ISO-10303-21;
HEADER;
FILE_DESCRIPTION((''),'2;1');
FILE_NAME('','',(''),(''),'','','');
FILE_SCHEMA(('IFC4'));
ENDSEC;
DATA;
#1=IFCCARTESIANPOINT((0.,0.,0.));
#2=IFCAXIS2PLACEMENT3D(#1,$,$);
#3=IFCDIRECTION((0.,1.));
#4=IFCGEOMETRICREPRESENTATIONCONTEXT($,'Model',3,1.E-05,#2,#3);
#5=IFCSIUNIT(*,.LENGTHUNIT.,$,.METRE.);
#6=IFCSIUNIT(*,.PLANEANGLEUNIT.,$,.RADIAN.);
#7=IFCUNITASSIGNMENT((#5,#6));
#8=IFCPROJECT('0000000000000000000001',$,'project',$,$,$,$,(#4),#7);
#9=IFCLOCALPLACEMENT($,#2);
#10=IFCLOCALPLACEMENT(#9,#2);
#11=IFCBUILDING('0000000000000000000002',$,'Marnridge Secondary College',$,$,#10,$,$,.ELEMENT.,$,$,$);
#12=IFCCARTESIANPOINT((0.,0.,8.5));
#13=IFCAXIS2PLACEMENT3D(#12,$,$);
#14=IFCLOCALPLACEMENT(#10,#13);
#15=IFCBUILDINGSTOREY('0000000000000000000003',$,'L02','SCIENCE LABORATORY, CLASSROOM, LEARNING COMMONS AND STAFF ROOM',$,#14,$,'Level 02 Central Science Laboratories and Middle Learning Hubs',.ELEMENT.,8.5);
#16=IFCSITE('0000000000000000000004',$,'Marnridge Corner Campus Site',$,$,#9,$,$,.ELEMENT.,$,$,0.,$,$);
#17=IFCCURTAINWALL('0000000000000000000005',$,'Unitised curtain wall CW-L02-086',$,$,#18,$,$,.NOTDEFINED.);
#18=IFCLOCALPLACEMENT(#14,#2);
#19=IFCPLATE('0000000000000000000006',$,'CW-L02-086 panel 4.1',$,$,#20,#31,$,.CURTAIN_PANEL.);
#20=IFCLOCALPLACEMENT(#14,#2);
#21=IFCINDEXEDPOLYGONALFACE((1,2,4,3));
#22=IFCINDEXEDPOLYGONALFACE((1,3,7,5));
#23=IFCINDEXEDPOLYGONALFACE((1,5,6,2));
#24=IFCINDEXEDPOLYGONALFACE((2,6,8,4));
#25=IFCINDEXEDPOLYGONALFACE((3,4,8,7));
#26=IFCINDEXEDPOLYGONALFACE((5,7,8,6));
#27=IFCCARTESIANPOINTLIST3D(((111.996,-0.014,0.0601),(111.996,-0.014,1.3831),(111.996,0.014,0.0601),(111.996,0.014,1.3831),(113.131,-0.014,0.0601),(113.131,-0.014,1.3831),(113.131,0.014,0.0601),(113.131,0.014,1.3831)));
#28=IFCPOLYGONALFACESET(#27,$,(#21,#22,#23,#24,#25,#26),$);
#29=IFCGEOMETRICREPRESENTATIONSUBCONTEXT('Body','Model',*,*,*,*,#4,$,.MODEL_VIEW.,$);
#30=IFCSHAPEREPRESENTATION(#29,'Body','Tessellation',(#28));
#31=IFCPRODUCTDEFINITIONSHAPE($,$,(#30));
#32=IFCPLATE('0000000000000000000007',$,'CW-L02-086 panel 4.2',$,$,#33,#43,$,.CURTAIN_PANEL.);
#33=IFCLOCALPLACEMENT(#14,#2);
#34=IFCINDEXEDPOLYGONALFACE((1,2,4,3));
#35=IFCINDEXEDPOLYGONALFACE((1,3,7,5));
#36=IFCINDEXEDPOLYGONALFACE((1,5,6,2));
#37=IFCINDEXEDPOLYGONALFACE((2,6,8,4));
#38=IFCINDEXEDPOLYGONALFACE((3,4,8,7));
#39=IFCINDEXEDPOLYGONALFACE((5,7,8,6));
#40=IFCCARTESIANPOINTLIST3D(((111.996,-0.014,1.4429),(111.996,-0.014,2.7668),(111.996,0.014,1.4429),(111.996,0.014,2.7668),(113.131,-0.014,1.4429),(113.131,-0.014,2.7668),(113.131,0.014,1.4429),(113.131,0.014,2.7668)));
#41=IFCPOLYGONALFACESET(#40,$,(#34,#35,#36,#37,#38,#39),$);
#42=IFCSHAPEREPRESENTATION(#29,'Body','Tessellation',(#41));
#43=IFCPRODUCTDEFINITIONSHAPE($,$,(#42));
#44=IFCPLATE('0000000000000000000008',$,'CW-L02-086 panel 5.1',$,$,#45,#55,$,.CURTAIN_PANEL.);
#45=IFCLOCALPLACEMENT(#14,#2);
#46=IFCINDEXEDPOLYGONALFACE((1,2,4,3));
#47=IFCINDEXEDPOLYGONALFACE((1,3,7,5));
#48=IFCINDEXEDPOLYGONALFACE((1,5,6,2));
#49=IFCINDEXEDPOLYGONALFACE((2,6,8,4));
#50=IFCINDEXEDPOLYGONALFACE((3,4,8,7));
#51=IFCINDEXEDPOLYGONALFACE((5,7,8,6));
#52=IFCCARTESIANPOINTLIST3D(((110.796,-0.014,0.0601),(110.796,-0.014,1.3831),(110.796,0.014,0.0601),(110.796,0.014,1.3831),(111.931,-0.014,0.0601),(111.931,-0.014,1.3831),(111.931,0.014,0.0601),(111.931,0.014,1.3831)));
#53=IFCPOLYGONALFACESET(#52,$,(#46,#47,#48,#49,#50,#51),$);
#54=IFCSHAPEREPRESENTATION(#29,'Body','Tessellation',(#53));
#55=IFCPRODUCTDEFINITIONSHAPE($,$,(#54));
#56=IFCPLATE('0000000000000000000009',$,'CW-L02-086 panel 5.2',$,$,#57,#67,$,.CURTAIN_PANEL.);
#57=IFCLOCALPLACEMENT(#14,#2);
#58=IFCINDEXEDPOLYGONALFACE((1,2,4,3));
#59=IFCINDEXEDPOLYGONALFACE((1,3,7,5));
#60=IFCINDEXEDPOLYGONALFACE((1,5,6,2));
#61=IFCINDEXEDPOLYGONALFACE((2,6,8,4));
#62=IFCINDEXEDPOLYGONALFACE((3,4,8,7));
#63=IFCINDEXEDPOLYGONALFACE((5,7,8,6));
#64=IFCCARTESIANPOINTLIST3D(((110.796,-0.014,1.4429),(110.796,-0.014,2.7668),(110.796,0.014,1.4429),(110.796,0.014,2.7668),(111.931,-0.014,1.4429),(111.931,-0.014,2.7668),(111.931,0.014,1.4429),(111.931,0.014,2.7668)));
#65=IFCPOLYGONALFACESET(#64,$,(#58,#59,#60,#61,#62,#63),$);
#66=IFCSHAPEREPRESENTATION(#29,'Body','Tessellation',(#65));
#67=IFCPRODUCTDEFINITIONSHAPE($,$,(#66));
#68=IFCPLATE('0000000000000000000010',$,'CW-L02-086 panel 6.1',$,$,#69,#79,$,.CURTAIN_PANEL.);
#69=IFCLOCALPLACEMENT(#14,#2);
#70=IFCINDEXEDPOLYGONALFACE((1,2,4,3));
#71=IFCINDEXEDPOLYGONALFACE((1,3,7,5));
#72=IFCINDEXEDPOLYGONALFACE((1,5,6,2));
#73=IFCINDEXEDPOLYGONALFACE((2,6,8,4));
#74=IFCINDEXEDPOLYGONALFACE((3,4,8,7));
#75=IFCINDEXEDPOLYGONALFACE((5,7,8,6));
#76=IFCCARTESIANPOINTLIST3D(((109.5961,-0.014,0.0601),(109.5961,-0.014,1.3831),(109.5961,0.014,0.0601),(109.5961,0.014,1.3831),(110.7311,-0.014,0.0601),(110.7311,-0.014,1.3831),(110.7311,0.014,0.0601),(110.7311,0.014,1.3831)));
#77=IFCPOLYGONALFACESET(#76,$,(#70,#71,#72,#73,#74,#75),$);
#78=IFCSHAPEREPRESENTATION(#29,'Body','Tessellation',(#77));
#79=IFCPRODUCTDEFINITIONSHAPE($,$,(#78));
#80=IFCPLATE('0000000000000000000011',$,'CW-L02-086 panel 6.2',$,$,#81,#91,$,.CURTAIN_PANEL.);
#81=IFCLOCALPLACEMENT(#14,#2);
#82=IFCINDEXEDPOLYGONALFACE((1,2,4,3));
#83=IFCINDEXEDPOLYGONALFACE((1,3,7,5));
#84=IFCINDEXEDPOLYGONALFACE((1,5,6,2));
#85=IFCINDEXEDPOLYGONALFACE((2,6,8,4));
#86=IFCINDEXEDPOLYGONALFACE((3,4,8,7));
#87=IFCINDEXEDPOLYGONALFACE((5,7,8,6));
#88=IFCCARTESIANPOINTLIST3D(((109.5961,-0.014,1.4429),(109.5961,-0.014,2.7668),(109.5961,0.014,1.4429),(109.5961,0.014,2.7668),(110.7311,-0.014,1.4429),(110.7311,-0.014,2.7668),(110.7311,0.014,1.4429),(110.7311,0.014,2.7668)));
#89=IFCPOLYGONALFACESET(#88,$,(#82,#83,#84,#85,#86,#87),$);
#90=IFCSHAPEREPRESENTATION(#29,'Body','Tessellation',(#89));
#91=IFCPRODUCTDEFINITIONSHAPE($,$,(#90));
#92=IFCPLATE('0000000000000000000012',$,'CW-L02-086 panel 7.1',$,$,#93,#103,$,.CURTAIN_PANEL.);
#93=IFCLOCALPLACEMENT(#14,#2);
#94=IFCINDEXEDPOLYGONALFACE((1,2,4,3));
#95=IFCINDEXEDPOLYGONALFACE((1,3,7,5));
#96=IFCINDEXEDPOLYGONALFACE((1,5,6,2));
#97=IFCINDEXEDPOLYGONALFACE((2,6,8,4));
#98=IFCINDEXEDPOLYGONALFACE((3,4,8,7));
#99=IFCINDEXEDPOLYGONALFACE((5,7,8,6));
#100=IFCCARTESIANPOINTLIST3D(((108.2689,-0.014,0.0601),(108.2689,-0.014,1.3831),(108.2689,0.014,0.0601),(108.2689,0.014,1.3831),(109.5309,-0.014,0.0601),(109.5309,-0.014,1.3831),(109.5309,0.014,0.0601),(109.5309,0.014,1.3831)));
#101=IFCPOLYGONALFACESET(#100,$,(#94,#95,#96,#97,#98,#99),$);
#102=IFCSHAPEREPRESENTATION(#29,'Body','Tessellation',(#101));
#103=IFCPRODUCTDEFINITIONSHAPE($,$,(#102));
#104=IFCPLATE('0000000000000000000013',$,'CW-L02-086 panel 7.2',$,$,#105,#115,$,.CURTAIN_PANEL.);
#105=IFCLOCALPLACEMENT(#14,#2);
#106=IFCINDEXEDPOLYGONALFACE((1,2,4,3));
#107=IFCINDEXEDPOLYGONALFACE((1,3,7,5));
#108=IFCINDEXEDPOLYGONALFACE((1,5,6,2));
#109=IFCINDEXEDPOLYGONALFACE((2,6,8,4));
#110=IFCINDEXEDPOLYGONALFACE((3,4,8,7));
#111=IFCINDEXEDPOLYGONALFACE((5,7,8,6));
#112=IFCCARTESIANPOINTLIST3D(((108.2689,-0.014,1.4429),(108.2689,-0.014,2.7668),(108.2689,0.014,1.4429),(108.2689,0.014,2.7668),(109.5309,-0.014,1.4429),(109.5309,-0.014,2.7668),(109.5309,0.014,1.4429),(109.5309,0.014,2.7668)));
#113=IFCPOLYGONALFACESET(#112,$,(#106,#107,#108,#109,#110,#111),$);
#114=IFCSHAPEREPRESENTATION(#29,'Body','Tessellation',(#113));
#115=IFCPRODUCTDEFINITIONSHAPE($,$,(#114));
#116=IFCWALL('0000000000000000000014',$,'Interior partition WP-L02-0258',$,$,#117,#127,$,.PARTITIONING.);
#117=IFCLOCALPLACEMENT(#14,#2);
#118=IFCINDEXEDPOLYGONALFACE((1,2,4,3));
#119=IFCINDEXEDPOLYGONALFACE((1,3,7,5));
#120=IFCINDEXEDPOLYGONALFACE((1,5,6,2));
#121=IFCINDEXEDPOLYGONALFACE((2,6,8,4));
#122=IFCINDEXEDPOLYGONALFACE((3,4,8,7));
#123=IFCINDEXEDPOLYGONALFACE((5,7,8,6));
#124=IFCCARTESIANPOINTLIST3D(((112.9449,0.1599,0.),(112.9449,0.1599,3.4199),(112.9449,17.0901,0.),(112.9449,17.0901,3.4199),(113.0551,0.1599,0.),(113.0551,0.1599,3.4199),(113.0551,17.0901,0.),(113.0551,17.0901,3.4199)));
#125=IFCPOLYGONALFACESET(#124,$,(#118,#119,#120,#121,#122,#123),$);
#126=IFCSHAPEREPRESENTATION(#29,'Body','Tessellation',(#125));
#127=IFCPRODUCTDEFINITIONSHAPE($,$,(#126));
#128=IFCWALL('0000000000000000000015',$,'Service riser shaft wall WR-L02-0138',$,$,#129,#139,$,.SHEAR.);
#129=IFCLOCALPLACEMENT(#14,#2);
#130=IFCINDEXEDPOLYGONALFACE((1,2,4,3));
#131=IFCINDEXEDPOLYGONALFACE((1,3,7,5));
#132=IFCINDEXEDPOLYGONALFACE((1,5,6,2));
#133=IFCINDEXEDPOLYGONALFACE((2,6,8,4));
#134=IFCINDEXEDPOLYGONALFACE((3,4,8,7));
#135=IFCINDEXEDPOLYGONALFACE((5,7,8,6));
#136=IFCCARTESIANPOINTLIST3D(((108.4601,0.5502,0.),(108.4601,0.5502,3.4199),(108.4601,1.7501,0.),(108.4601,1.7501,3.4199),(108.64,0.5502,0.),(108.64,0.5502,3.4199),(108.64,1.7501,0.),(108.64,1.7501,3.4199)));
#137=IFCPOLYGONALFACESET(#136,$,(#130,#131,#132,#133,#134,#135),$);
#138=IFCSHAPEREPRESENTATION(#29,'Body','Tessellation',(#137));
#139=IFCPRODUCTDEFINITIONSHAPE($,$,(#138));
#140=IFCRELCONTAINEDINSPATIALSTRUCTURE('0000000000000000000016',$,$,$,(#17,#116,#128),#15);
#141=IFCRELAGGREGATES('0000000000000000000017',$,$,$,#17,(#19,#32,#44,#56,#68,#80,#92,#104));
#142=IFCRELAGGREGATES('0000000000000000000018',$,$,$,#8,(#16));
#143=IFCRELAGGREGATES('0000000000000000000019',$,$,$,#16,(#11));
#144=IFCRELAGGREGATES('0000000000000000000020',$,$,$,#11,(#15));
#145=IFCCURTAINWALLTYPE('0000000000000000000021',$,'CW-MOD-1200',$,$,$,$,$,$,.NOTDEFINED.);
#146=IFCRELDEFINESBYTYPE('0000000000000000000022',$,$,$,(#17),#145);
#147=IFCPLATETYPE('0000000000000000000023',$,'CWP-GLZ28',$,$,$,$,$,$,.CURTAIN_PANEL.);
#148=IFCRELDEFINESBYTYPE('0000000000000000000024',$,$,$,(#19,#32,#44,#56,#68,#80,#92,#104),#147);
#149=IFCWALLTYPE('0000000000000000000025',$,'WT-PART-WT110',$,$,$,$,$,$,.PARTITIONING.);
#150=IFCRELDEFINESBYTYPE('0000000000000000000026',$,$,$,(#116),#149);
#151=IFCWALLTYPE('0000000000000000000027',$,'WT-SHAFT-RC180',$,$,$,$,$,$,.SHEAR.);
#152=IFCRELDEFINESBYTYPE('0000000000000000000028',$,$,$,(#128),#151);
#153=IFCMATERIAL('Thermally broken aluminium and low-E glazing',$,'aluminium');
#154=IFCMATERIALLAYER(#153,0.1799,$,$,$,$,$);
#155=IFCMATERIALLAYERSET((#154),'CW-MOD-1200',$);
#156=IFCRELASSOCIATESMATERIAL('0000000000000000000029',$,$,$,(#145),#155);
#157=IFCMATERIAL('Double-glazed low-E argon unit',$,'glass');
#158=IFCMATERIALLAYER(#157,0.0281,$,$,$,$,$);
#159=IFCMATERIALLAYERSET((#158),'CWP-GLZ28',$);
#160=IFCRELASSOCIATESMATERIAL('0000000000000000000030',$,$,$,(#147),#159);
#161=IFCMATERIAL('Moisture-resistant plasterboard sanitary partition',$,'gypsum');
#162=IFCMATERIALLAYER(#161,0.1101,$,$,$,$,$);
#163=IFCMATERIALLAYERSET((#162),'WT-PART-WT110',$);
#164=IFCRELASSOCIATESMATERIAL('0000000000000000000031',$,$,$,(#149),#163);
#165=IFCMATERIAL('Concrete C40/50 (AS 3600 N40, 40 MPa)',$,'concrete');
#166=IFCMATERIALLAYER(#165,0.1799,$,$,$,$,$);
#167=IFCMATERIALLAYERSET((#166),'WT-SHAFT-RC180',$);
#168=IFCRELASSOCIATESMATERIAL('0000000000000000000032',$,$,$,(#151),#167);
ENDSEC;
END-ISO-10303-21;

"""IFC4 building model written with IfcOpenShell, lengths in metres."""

from ifc_helpers import new_model, si_unit, direction, frame, frame_2d, origin, origin_2d, place, context, subcontext, project, spatial, rectangle, extrude, material, layer, layer_set, type_object, element, aggregate, save


model = new_model("IFC4")

# Units and contexts
model_context = context("Model", 3, precision=1e-05, world=origin(), true_north=direction((0.0, 1.0)))
body_context = subcontext(model_context, "Body", "Model", "MODEL_VIEW")
ifc_project = project(units=[si_unit("LENGTHUNIT", "METRE"), si_unit("PLANEANGLEUNIT", "RADIAN")], contexts=[model_context])

# Site, building, storey
site_placement = place(None, origin())
site = spatial("IfcSite", under=ifc_project, at=site_placement, Name="Marnridge Corner Campus Site", CompositionType="ELEMENT", RefElevation=0.0)
building_placement = place(site_placement, origin())
building = spatial("IfcBuilding", under=site, at=building_placement, Name="Marnridge Secondary College", CompositionType="ELEMENT")
storey_placement = place(building_placement, frame((0.0, 0.0, 8.5)))
storey = spatial("IfcBuildingStorey", under=building, at=storey_placement, Name="L02", Description="SCIENCE LABORATORY, CLASSROOM, LEARNING COMMONS AND STAFF ROOM", LongName="Level 02 Central Science Laboratories and Middle Learning Hubs", CompositionType="ELEMENT", Elevation=8.5)

# Curtain wall, plates
ifc_material_1 = material(Name="Thermally broken aluminium and low-E glazing", Category="aluminium")
ifc_layer_1 = layer(ifc_material_1, 0.1799)
ifc_layer_set_1 = layer_set([ifc_layer_1], Name="CW-MOD-1200")
curtain_wall_type = type_object("IfcCurtainWallType", Name="CW-MOD-1200", PredefinedType="NOTDEFINED", material=ifc_layer_set_1)
curtain_wall_placement = place(storey_placement, origin())
curtain_wall = element("IfcCurtainWall", 1, at=curtain_wall_placement, inside=storey, type_object=curtain_wall_type, Name="Unitised curtain wall CW-L02-086", PredefinedType="NOTDEFINED")
ifc_material_2 = material(Name="Double-glazed low-E argon unit", Category="glass")
ifc_layer_2 = layer(ifc_material_2, 0.0281)
ifc_layer_set_2 = layer_set([ifc_layer_2], Name="CWP-GLZ28")
plate_type = type_object("IfcPlateType", Name="CWP-GLZ28", PredefinedType="CURTAIN_PANEL", material=ifc_layer_set_2)
plate_1_placement = place(storey_placement, frame((112.5635, 0.0, 0.0601), z_axis=(0.0, 0.0, 1.0), x_axis=(-1.0, 0.0, 0.0)))
plate_1 = element("IfcPlate", 2, at=plate_1_placement, type_object=plate_type, Name="CW-L02-086 panel 4.1", PredefinedType="CURTAIN_PANEL", context=body_context, shape_type="SweptSolid", body=[
    extrude(rectangle(XDim=1.135, YDim=0.0281, at=origin_2d()), origin(), (0.0, 0.0, 1.0), 1.323),
])
plate_2_placement = place(storey_placement, frame((112.5635, 0.0, 1.4429), z_axis=(0.0, 0.0, 1.0), x_axis=(-1.0, 0.0, 0.0)))
plate_2 = element("IfcPlate", 3, at=plate_2_placement, type_object=plate_type, Name="CW-L02-086 panel 4.2", PredefinedType="CURTAIN_PANEL", context=body_context, shape_type="SweptSolid", body=[
    extrude(rectangle(XDim=1.135, YDim=0.0281, at=origin_2d()), origin(), (0.0, 0.0, 1.0), 1.324),
])
plate_3_placement = place(storey_placement, frame((111.3635, 0.0, 0.0601), z_axis=(0.0, 0.0, 1.0), x_axis=(-1.0, 0.0, 0.0)))
plate_3 = element("IfcPlate", 4, at=plate_3_placement, type_object=plate_type, Name="CW-L02-086 panel 5.1", PredefinedType="CURTAIN_PANEL", context=body_context, shape_type="SweptSolid", body=[
    extrude(rectangle(XDim=1.135, YDim=0.0281, at=origin_2d()), origin(), (0.0, 0.0, 1.0), 1.323),
])
plate_4_placement = place(storey_placement, frame((111.3635, 0.0, 1.4429), z_axis=(0.0, 0.0, 1.0), x_axis=(-1.0, 0.0, 0.0)))
plate_4 = element("IfcPlate", 5, at=plate_4_placement, type_object=plate_type, Name="CW-L02-086 panel 5.2", PredefinedType="CURTAIN_PANEL", context=body_context, shape_type="SweptSolid", body=[
    extrude(rectangle(XDim=1.135, YDim=0.0281, at=origin_2d()), origin(), (0.0, 0.0, 1.0), 1.324),
])
plate_5_placement = place(storey_placement, frame((110.1636, 0.0, 0.0601), z_axis=(0.0, 0.0, 1.0), x_axis=(-1.0, 0.0, 0.0)))
plate_5 = element("IfcPlate", 6, at=plate_5_placement, type_object=plate_type, Name="CW-L02-086 panel 6.1", PredefinedType="CURTAIN_PANEL", context=body_context, shape_type="SweptSolid", body=[
    extrude(rectangle(XDim=1.135, YDim=0.0281, at=origin_2d()), origin(), (0.0, 0.0, 1.0), 1.323),
])
plate_6_placement = place(storey_placement, frame((110.1636, 0.0, 1.4429), z_axis=(0.0, 0.0, 1.0), x_axis=(-1.0, 0.0, 0.0)))
plate_6 = element("IfcPlate", 7, at=plate_6_placement, type_object=plate_type, Name="CW-L02-086 panel 6.2", PredefinedType="CURTAIN_PANEL", context=body_context, shape_type="SweptSolid", body=[
    extrude(rectangle(XDim=1.135, YDim=0.0281, at=origin_2d()), origin(), (0.0, 0.0, 1.0), 1.324),
])
plate_7_placement = place(storey_placement, frame((108.8999, 0.0, 0.0601), z_axis=(0.0, 0.0, 1.0), x_axis=(-1.0, 0.0, 0.0)))
plate_7 = element("IfcPlate", 8, at=plate_7_placement, type_object=plate_type, Name="CW-L02-086 panel 7.1", PredefinedType="CURTAIN_PANEL", context=body_context, shape_type="SweptSolid", body=[
    extrude(rectangle(XDim=1.262, YDim=0.0281, at=origin_2d()), origin(), (0.0, 0.0, 1.0), 1.323),
])
plate_8_placement = place(storey_placement, frame((108.8999, 0.0, 1.4429), z_axis=(0.0, 0.0, 1.0), x_axis=(-1.0, 0.0, 0.0)))
plate_8 = element("IfcPlate", 9, at=plate_8_placement, type_object=plate_type, Name="CW-L02-086 panel 7.2", PredefinedType="CURTAIN_PANEL", context=body_context, shape_type="SweptSolid", body=[
    extrude(rectangle(XDim=1.262, YDim=0.0281, at=origin_2d()), origin(), (0.0, 0.0, 1.0), 1.324),
])
aggregate(curtain_wall, [plate_1, plate_2, plate_3, plate_4, plate_5, plate_6, plate_7, plate_8])

# Walls
ifc_material_3 = material(Name="Moisture-resistant plasterboard sanitary partition", Category="gypsum")
ifc_layer_3 = layer(ifc_material_3, 0.1101)
ifc_layer_set_3 = layer_set([ifc_layer_3], Name="WT-PART-WT110")
wall_type_1 = type_object("IfcWallType", Name="WT-PART-WT110", PredefinedType="PARTITIONING", material=ifc_layer_set_3)
wall_1_placement = place(storey_placement, frame((113.0, 0.1599, 0.0), z_axis=(0.0, 0.0, 1.0), x_axis=(0.0, 1.0, 0.0)))
element("IfcWall", 10, at=wall_1_placement, inside=storey, type_object=wall_type_1, Name="Interior partition WP-L02-0258", PredefinedType="PARTITIONING", context=body_context, shape_type="SweptSolid", body=[
    extrude(rectangle(XDim=16.9302, YDim=0.1101, at=frame_2d((8.4651, 0.0))), origin(), (0.0, 0.0, 1.0), 3.4199),
])
ifc_material_4 = material(Name="Concrete C40/50 (AS 3600 N40, 40 MPa)", Category="concrete")
ifc_layer_4 = layer(ifc_material_4, 0.1799)
ifc_layer_set_4 = layer_set([ifc_layer_4], Name="WT-SHAFT-RC180")
wall_type_2 = type_object("IfcWallType", Name="WT-SHAFT-RC180", PredefinedType="SHEAR", material=ifc_layer_set_4)
wall_2_placement = place(storey_placement, frame((108.55, 0.55, 0.0), z_axis=(0.0, 0.0, 1.0), x_axis=(0.0, 1.0, 0.0)))
element("IfcWall", 11, at=wall_2_placement, inside=storey, type_object=wall_type_2, Name="Service riser shaft wall WR-L02-0138", PredefinedType="SHEAR", context=body_context, shape_type="SweptSolid", body=[
    extrude(rectangle(XDim=1.2, YDim=0.1799, at=frame_2d((0.6001, 0.0))), origin(), (0.0, 0.0, 1.0), 3.4199),
])

save(model, "model.ifc")
